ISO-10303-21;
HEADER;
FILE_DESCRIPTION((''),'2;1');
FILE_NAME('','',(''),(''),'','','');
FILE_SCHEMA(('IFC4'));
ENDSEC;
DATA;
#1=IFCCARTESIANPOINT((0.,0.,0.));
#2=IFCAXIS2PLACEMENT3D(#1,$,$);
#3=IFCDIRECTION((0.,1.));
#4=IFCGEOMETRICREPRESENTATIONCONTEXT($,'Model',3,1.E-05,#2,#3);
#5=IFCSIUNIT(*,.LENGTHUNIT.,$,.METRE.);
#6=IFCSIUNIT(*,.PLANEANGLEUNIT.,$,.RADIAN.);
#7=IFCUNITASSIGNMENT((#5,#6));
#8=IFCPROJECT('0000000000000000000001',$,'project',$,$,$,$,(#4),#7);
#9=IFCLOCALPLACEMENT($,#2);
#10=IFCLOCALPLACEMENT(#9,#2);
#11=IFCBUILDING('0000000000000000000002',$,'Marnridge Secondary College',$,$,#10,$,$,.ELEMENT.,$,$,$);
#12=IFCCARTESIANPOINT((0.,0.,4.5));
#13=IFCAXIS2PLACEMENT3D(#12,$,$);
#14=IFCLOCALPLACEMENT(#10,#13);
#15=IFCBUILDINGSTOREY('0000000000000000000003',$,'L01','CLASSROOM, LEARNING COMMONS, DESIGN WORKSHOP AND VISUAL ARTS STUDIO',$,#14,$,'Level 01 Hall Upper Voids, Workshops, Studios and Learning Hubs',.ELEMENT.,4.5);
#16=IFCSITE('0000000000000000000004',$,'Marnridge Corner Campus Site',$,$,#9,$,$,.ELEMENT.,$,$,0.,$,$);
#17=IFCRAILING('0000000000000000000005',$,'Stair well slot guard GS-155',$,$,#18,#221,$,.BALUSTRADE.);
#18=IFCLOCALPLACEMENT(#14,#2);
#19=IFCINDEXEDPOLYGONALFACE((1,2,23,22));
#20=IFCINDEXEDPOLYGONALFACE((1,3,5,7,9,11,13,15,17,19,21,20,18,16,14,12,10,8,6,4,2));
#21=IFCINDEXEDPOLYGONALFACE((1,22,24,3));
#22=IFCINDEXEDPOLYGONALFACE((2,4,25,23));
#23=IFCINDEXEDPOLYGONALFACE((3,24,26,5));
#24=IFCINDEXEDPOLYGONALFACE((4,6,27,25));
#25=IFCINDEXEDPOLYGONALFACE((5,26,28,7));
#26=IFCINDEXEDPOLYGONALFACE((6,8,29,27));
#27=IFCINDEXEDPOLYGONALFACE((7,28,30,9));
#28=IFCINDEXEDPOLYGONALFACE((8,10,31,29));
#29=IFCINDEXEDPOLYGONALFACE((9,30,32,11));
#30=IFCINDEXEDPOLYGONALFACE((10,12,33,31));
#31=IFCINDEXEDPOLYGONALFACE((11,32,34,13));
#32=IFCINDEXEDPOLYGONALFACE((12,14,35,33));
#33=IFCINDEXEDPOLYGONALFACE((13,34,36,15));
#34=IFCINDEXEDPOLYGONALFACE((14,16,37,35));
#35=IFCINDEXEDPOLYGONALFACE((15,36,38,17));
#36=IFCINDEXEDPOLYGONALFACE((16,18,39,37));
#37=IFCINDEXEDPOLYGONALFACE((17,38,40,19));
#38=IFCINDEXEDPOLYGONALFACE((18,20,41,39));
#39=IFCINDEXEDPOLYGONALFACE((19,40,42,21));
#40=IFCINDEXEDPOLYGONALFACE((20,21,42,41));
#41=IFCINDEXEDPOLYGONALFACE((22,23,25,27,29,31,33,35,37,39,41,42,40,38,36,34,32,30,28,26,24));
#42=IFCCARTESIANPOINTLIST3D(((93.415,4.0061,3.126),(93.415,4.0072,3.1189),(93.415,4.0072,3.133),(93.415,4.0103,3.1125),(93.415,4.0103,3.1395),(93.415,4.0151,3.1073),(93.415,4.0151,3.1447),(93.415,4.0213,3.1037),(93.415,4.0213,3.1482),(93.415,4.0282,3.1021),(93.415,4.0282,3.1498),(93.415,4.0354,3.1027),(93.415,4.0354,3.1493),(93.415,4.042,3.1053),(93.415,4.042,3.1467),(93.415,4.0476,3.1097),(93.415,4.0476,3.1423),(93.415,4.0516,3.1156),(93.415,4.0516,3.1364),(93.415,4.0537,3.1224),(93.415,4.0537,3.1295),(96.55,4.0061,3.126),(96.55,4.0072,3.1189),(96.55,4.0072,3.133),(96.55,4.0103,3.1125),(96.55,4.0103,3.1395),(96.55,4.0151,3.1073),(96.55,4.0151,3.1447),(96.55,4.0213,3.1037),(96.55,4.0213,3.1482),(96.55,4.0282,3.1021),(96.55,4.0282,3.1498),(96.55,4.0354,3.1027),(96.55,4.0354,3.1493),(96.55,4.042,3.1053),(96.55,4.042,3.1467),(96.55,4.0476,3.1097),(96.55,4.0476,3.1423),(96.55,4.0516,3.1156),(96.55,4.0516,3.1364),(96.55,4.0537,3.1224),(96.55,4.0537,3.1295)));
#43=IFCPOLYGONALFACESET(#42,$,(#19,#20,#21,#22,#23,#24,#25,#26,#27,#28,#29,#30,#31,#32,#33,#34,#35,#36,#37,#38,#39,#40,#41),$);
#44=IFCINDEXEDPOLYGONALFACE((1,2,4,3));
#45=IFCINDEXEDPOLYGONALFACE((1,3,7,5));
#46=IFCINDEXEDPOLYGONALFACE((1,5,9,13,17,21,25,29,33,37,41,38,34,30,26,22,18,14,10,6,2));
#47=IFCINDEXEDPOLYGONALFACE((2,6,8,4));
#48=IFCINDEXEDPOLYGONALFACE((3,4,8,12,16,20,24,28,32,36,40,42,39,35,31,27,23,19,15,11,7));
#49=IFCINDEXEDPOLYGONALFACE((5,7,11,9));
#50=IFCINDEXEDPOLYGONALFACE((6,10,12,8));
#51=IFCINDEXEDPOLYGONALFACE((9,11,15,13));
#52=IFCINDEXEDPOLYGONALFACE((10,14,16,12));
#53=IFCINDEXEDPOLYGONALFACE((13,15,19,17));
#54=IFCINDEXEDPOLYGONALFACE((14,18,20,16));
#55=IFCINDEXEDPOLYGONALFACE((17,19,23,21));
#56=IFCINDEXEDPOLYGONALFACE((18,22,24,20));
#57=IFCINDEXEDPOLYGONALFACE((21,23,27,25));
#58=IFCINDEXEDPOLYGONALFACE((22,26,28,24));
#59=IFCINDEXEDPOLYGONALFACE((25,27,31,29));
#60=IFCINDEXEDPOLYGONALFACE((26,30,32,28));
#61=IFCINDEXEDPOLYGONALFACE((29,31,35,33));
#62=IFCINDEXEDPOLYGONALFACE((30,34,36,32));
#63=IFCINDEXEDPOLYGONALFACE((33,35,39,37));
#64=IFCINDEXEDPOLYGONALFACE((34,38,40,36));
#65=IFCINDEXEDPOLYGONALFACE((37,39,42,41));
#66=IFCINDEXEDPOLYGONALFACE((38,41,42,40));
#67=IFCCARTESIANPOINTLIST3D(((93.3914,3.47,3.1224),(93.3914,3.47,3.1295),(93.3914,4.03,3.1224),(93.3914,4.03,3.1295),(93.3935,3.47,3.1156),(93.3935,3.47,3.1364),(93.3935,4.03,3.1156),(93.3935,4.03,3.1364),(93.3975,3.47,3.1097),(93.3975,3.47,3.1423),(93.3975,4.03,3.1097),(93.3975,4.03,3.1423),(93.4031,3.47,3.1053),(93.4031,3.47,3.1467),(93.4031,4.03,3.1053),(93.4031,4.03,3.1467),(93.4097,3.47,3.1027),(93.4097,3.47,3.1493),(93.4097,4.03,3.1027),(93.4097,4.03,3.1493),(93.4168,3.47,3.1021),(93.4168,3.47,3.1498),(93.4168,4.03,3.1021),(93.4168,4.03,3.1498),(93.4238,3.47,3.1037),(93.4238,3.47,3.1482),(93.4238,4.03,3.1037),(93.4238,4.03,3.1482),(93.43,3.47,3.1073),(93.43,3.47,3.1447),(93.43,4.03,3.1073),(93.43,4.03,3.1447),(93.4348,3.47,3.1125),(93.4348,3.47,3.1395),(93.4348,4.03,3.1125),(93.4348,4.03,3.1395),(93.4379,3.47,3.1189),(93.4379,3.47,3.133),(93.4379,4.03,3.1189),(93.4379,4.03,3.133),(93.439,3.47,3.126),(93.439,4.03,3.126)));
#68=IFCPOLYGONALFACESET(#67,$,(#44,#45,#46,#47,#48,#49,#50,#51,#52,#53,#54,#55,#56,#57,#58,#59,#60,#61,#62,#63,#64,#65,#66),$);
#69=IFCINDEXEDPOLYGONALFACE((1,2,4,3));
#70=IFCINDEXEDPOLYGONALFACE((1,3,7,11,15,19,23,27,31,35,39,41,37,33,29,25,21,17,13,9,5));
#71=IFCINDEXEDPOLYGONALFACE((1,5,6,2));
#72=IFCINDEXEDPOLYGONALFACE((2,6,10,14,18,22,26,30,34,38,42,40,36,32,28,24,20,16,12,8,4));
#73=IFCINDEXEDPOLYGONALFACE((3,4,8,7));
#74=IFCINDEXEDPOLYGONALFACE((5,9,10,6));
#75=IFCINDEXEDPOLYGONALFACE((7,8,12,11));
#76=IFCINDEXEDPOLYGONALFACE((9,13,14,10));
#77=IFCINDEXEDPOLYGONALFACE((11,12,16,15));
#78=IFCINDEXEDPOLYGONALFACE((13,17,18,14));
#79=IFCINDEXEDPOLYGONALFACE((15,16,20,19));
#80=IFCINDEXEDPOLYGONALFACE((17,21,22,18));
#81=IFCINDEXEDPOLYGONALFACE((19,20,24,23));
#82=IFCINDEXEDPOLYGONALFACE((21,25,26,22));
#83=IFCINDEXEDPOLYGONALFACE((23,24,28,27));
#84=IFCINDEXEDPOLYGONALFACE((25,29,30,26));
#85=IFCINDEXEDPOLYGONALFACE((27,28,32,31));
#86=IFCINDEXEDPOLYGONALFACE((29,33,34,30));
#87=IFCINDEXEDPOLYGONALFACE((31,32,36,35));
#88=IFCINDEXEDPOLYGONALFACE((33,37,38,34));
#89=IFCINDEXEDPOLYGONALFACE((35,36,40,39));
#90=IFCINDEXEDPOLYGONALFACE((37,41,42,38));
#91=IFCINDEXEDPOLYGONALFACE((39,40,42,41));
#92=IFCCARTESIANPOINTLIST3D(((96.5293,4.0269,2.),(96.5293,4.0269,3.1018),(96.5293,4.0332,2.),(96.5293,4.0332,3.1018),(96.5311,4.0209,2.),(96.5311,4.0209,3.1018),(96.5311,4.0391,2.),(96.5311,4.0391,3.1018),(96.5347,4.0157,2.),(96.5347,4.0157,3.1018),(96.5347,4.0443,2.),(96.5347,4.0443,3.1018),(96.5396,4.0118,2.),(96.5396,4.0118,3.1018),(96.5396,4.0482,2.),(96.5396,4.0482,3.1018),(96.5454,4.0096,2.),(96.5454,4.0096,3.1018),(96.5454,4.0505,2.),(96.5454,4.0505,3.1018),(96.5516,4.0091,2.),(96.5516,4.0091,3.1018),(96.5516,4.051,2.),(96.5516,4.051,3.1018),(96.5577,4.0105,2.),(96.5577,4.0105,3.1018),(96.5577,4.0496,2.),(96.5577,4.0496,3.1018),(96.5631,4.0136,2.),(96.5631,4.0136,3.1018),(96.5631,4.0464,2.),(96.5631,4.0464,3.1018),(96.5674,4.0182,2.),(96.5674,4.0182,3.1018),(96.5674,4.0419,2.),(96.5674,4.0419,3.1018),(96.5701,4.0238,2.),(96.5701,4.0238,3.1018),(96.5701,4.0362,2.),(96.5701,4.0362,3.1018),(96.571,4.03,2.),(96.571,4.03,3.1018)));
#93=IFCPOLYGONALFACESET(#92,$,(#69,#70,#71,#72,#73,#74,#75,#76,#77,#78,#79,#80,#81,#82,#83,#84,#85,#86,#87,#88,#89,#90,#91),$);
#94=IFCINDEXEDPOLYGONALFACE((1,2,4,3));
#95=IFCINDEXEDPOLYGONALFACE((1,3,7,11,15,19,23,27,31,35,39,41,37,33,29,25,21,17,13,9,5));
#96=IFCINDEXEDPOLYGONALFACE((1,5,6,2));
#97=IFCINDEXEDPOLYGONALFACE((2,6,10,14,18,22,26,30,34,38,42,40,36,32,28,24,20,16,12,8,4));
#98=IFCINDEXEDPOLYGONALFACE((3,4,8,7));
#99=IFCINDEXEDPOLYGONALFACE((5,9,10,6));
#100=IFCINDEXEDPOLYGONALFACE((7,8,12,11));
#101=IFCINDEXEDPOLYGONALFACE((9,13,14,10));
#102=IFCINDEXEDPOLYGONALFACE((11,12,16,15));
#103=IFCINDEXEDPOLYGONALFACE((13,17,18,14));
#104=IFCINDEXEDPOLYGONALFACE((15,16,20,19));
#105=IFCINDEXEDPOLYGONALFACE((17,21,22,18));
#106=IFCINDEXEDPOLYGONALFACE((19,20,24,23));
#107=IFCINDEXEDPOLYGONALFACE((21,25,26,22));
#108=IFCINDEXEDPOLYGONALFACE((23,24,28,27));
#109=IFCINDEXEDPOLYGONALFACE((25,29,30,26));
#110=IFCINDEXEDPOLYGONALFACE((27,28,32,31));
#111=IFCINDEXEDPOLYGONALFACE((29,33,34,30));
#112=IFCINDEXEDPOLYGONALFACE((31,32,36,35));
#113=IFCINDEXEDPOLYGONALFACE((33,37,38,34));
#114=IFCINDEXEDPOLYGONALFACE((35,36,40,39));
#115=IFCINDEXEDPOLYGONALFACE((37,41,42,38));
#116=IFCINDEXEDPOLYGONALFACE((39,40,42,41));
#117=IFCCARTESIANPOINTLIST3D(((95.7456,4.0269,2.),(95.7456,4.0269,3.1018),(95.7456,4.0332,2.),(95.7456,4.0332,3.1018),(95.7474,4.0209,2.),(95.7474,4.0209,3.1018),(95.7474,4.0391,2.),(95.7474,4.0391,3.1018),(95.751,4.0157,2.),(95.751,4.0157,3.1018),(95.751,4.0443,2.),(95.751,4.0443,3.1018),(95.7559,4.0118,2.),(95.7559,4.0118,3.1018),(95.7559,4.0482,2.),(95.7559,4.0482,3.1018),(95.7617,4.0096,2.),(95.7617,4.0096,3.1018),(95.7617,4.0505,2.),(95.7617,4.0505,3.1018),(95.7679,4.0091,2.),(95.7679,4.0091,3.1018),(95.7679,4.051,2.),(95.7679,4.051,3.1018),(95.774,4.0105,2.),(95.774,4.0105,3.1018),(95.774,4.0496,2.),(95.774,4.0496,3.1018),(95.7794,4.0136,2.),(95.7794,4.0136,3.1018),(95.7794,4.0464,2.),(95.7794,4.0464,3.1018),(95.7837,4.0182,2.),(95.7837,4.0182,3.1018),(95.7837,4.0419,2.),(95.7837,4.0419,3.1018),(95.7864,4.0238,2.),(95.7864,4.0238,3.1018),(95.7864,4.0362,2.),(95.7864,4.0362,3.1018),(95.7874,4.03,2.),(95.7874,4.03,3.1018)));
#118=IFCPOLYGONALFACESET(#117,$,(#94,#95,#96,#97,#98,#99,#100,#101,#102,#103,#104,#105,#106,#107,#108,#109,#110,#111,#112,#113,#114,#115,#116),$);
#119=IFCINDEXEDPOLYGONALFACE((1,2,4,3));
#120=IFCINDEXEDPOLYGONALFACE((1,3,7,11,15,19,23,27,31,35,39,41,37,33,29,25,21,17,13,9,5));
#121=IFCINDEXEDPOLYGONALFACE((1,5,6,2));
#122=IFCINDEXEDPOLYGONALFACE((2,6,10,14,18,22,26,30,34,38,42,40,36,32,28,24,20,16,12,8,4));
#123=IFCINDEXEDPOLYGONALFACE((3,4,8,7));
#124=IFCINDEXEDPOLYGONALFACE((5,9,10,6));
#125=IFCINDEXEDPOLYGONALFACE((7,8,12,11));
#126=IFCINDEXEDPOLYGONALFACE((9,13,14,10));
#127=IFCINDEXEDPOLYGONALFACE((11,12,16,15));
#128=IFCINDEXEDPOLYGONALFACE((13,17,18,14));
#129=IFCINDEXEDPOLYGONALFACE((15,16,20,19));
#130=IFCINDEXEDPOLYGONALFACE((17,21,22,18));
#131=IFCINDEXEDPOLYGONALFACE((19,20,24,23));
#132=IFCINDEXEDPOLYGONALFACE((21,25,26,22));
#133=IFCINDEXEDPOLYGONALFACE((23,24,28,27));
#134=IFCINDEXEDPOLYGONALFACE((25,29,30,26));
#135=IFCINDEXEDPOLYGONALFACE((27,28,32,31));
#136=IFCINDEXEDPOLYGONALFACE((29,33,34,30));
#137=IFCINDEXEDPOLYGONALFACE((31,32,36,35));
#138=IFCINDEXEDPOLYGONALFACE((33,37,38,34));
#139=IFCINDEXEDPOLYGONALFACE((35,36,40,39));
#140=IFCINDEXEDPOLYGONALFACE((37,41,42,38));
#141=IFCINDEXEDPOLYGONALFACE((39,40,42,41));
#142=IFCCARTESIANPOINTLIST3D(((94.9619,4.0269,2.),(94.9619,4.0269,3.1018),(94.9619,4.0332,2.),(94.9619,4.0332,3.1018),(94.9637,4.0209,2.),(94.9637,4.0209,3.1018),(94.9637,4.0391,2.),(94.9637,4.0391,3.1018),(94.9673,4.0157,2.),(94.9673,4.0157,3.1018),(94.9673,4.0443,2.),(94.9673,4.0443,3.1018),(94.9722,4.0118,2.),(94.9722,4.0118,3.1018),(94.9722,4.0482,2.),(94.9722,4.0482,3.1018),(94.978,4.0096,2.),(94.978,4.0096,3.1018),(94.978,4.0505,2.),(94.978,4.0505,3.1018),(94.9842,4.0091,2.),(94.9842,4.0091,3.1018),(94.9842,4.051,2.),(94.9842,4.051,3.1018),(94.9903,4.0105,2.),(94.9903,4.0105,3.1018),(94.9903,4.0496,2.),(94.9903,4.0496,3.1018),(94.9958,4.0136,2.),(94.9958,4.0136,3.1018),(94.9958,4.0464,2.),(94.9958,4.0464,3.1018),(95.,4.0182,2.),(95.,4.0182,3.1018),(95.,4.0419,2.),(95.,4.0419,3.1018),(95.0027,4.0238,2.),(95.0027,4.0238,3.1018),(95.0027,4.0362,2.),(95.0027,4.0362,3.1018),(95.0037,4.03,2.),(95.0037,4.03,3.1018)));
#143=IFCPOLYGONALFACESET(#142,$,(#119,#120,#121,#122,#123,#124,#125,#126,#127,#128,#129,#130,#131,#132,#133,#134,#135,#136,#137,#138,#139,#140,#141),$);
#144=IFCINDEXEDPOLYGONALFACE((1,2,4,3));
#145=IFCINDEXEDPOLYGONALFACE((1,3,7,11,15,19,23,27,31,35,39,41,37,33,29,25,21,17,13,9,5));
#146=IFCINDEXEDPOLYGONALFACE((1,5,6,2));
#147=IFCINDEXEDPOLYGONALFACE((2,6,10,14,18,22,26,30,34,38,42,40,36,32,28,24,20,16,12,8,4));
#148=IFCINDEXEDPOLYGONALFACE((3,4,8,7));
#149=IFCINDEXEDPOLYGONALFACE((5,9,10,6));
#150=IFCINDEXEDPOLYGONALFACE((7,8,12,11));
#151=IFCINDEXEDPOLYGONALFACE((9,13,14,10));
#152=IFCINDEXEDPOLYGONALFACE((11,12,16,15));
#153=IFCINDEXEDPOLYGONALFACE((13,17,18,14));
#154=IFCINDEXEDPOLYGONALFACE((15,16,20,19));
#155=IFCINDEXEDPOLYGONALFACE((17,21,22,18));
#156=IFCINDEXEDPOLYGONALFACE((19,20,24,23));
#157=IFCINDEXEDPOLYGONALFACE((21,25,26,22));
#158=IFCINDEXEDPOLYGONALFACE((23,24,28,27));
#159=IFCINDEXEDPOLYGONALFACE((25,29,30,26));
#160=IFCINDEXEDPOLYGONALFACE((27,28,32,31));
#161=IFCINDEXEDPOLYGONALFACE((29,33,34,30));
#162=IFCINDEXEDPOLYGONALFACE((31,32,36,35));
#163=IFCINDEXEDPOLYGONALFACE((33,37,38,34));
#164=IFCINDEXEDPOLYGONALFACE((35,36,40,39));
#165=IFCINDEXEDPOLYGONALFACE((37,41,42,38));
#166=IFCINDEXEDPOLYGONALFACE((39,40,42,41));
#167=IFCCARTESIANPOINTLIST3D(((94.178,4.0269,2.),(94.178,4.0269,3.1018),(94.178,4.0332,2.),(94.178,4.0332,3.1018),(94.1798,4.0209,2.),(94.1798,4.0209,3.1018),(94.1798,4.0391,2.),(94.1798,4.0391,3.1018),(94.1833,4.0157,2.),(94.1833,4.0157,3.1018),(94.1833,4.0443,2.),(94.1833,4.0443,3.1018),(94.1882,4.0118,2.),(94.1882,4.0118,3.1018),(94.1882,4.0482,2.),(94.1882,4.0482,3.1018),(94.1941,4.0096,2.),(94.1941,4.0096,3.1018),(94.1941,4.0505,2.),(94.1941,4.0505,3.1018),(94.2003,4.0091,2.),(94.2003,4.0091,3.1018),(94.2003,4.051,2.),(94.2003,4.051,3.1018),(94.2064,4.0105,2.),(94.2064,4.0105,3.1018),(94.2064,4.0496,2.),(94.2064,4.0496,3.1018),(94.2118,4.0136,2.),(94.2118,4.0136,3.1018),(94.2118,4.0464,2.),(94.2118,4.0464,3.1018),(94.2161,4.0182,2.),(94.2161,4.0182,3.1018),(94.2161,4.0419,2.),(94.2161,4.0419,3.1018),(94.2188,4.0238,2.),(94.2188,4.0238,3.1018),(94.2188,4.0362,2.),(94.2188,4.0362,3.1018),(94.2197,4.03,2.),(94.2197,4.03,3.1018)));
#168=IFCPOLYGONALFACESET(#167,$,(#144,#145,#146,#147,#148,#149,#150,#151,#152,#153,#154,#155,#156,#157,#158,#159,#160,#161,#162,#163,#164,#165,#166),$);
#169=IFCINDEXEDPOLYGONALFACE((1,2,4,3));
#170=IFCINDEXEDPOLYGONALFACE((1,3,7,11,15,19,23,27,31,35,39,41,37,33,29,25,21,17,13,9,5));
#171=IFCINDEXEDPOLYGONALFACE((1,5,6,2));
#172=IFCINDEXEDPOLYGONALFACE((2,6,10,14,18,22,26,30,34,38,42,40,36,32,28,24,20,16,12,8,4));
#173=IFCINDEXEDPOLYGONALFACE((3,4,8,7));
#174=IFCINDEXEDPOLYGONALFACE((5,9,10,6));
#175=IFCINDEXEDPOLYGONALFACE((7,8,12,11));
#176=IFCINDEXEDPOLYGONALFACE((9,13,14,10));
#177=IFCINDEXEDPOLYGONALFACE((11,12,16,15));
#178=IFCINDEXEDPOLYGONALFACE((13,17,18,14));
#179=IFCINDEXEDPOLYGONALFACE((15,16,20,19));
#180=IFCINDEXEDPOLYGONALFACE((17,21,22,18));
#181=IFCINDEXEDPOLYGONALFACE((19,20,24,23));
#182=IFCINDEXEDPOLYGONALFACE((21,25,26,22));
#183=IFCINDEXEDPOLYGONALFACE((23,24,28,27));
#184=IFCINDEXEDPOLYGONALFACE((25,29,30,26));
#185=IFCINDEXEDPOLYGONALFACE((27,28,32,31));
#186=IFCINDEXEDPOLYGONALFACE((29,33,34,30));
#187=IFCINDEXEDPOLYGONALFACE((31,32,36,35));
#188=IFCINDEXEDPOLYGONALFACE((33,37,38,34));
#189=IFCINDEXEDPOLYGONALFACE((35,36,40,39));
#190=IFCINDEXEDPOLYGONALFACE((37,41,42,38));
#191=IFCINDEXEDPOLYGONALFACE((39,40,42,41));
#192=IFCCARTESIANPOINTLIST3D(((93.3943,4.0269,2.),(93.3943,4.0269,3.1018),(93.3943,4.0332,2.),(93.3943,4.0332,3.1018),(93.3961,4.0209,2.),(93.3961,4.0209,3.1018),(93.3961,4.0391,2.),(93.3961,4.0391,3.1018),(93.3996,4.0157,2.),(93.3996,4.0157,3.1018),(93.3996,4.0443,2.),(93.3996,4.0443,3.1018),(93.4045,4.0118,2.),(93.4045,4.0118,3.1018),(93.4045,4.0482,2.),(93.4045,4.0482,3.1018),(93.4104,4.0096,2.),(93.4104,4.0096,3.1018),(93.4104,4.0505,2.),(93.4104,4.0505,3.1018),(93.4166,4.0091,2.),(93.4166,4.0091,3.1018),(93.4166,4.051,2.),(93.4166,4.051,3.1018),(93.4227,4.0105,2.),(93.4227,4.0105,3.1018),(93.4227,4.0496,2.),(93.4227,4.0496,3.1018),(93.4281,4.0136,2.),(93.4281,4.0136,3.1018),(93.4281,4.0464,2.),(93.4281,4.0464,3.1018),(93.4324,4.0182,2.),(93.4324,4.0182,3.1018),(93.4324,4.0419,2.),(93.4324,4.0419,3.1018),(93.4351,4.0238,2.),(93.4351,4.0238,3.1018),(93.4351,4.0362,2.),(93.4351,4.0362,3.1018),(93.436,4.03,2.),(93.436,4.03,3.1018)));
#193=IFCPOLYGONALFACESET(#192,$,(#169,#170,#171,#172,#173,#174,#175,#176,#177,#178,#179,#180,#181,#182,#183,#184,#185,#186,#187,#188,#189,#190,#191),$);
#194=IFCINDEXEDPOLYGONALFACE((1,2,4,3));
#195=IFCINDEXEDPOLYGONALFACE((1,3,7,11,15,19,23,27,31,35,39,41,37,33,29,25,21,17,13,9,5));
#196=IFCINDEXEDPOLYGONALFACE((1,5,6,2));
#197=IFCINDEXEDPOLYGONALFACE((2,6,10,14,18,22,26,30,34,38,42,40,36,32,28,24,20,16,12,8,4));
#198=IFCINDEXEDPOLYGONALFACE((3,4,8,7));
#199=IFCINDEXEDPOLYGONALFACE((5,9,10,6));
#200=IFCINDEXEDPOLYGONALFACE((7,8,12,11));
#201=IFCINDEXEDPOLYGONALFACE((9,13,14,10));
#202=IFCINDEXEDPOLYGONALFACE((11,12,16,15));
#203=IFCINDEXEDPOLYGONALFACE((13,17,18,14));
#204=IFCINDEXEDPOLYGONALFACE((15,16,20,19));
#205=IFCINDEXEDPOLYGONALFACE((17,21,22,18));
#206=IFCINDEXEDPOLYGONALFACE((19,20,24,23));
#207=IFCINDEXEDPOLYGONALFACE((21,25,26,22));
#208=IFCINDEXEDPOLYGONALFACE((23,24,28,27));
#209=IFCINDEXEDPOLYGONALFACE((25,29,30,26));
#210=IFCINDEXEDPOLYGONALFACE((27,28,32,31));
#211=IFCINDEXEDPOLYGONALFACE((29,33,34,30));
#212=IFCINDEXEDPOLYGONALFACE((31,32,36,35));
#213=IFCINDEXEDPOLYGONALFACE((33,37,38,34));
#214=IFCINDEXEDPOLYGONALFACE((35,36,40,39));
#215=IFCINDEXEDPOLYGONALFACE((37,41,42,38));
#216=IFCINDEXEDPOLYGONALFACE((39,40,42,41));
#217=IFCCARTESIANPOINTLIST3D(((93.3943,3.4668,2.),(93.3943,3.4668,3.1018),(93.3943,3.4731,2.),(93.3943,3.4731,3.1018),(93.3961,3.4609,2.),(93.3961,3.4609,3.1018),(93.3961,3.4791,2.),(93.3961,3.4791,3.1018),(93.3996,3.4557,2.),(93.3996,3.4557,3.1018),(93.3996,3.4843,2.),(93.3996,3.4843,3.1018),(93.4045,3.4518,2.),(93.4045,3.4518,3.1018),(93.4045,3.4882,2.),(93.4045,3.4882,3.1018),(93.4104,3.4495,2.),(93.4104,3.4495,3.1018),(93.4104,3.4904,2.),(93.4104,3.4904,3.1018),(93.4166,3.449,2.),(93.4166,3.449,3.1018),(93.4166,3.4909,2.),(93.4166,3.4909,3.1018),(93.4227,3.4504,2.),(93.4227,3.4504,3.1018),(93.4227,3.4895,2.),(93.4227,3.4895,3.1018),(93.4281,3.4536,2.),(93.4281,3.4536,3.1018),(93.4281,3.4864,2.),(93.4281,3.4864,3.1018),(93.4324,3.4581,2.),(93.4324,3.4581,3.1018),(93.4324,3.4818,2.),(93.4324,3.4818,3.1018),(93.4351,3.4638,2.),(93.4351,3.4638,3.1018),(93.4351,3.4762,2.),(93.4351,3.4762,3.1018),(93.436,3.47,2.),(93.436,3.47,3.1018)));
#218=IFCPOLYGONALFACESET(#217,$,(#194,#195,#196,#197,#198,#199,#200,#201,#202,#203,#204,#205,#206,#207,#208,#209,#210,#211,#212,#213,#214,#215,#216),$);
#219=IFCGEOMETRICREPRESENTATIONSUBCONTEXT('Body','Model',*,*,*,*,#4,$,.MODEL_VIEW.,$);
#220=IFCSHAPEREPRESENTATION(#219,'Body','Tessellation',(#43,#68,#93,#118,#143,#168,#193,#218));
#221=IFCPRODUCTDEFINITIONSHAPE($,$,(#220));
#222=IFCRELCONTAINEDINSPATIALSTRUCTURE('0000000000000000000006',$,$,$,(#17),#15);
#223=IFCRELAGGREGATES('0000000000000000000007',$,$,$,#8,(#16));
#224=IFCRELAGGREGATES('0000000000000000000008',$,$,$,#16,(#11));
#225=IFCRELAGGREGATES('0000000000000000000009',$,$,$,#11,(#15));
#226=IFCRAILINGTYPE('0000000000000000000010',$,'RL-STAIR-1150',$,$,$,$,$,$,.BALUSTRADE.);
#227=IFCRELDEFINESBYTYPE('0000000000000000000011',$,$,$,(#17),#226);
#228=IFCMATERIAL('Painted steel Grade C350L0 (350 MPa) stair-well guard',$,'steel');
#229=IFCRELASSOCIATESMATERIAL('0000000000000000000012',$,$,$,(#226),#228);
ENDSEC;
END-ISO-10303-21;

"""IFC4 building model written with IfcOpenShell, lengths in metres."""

from ifc_helpers import new_model, si_unit, direction, frame, origin, origin_2d, place, context, subcontext, project, spatial, circle, extrude, material, type_object, element, save


model = new_model("IFC4")

# Units and contexts
model_context = context("Model", 3, precision=1e-05, world=origin(), true_north=direction((0.0, 1.0)))
body_context = subcontext(model_context, "Body", "Model", "MODEL_VIEW")
ifc_project = project(units=[si_unit("LENGTHUNIT", "METRE"), si_unit("PLANEANGLEUNIT", "RADIAN")], contexts=[model_context])

# Site, building, storey
site_placement = place(None, origin())
site = spatial("IfcSite", under=ifc_project, at=site_placement, Name="Marnridge Corner Campus Site", CompositionType="ELEMENT", RefElevation=0.0)
building_placement = place(site_placement, origin())
building = spatial("IfcBuilding", under=site, at=building_placement, Name="Marnridge Secondary College", CompositionType="ELEMENT")
storey_placement = place(building_placement, frame((0.0, 0.0, 4.5)))
storey = spatial("IfcBuildingStorey", under=building, at=storey_placement, Name="L01", Description="CLASSROOM, LEARNING COMMONS, DESIGN WORKSHOP AND VISUAL ARTS STUDIO", LongName="Level 01 Hall Upper Voids, Workshops, Studios and Learning Hubs", CompositionType="ELEMENT", Elevation=4.5)

# Railing
ifc_material_1 = material(Name="Painted steel Grade C350L0 (350 MPa) stair-well guard", Category="steel")
railing_type_1 = type_object("IfcRailingType", Name="RL-STAIR-1150", PredefinedType="BALUSTRADE", material=ifc_material_1)
railing_1_placement = place(storey_placement, frame((96.55, 4.03, 2.0)))
element("IfcRailing", 1, at=railing_1_placement, inside=storey, type_object=railing_type_1, Name="Stair well slot guard GS-155", PredefinedType="BALUSTRADE", context=body_context, shape_type="SweptSolid", body=[
    extrude(circle(Radius=0.0239, at=origin_2d()), frame((0.0, 0.0, 1.126), z_axis=(-1.0, 0.0, 0.0), x_axis=(0.0, -1.0, 0.0)), (0.0, 0.0, 1.0), 3.135),
    extrude(circle(Radius=0.0239, at=origin_2d()), frame((-3.135, 0.0, 1.126), z_axis=(0.0, -1.0, 0.0), x_axis=(1.0, 0.0, 0.0)), (0.0, 0.0, 1.0), 0.5601),
    extrude(circle(Radius=0.021, at=origin_2d()), origin(), (0.0, 0.0, 1.0), 1.1018),
    extrude(circle(Radius=0.021, at=origin_2d()), frame((-0.7837, 0.0, 0.0)), (0.0, 0.0, 1.0), 1.1018),
    extrude(circle(Radius=0.021, at=origin_2d()), frame((-1.5674, 0.0, 0.0)), (0.0, 0.0, 1.0), 1.1018),
    extrude(circle(Radius=0.021, at=origin_2d()), frame((-2.3513, 0.0, 0.0)), (0.0, 0.0, 1.0), 1.1018),
    extrude(circle(Radius=0.021, at=origin_2d()), frame((-3.135, 0.0, 0.0)), (0.0, 0.0, 1.0), 1.1018),
    extrude(circle(Radius=0.021, at=origin_2d()), frame((-3.135, -0.5601, 0.0)), (0.0, 0.0, 1.0), 1.1018),
])

save(model, "model.ifc")
